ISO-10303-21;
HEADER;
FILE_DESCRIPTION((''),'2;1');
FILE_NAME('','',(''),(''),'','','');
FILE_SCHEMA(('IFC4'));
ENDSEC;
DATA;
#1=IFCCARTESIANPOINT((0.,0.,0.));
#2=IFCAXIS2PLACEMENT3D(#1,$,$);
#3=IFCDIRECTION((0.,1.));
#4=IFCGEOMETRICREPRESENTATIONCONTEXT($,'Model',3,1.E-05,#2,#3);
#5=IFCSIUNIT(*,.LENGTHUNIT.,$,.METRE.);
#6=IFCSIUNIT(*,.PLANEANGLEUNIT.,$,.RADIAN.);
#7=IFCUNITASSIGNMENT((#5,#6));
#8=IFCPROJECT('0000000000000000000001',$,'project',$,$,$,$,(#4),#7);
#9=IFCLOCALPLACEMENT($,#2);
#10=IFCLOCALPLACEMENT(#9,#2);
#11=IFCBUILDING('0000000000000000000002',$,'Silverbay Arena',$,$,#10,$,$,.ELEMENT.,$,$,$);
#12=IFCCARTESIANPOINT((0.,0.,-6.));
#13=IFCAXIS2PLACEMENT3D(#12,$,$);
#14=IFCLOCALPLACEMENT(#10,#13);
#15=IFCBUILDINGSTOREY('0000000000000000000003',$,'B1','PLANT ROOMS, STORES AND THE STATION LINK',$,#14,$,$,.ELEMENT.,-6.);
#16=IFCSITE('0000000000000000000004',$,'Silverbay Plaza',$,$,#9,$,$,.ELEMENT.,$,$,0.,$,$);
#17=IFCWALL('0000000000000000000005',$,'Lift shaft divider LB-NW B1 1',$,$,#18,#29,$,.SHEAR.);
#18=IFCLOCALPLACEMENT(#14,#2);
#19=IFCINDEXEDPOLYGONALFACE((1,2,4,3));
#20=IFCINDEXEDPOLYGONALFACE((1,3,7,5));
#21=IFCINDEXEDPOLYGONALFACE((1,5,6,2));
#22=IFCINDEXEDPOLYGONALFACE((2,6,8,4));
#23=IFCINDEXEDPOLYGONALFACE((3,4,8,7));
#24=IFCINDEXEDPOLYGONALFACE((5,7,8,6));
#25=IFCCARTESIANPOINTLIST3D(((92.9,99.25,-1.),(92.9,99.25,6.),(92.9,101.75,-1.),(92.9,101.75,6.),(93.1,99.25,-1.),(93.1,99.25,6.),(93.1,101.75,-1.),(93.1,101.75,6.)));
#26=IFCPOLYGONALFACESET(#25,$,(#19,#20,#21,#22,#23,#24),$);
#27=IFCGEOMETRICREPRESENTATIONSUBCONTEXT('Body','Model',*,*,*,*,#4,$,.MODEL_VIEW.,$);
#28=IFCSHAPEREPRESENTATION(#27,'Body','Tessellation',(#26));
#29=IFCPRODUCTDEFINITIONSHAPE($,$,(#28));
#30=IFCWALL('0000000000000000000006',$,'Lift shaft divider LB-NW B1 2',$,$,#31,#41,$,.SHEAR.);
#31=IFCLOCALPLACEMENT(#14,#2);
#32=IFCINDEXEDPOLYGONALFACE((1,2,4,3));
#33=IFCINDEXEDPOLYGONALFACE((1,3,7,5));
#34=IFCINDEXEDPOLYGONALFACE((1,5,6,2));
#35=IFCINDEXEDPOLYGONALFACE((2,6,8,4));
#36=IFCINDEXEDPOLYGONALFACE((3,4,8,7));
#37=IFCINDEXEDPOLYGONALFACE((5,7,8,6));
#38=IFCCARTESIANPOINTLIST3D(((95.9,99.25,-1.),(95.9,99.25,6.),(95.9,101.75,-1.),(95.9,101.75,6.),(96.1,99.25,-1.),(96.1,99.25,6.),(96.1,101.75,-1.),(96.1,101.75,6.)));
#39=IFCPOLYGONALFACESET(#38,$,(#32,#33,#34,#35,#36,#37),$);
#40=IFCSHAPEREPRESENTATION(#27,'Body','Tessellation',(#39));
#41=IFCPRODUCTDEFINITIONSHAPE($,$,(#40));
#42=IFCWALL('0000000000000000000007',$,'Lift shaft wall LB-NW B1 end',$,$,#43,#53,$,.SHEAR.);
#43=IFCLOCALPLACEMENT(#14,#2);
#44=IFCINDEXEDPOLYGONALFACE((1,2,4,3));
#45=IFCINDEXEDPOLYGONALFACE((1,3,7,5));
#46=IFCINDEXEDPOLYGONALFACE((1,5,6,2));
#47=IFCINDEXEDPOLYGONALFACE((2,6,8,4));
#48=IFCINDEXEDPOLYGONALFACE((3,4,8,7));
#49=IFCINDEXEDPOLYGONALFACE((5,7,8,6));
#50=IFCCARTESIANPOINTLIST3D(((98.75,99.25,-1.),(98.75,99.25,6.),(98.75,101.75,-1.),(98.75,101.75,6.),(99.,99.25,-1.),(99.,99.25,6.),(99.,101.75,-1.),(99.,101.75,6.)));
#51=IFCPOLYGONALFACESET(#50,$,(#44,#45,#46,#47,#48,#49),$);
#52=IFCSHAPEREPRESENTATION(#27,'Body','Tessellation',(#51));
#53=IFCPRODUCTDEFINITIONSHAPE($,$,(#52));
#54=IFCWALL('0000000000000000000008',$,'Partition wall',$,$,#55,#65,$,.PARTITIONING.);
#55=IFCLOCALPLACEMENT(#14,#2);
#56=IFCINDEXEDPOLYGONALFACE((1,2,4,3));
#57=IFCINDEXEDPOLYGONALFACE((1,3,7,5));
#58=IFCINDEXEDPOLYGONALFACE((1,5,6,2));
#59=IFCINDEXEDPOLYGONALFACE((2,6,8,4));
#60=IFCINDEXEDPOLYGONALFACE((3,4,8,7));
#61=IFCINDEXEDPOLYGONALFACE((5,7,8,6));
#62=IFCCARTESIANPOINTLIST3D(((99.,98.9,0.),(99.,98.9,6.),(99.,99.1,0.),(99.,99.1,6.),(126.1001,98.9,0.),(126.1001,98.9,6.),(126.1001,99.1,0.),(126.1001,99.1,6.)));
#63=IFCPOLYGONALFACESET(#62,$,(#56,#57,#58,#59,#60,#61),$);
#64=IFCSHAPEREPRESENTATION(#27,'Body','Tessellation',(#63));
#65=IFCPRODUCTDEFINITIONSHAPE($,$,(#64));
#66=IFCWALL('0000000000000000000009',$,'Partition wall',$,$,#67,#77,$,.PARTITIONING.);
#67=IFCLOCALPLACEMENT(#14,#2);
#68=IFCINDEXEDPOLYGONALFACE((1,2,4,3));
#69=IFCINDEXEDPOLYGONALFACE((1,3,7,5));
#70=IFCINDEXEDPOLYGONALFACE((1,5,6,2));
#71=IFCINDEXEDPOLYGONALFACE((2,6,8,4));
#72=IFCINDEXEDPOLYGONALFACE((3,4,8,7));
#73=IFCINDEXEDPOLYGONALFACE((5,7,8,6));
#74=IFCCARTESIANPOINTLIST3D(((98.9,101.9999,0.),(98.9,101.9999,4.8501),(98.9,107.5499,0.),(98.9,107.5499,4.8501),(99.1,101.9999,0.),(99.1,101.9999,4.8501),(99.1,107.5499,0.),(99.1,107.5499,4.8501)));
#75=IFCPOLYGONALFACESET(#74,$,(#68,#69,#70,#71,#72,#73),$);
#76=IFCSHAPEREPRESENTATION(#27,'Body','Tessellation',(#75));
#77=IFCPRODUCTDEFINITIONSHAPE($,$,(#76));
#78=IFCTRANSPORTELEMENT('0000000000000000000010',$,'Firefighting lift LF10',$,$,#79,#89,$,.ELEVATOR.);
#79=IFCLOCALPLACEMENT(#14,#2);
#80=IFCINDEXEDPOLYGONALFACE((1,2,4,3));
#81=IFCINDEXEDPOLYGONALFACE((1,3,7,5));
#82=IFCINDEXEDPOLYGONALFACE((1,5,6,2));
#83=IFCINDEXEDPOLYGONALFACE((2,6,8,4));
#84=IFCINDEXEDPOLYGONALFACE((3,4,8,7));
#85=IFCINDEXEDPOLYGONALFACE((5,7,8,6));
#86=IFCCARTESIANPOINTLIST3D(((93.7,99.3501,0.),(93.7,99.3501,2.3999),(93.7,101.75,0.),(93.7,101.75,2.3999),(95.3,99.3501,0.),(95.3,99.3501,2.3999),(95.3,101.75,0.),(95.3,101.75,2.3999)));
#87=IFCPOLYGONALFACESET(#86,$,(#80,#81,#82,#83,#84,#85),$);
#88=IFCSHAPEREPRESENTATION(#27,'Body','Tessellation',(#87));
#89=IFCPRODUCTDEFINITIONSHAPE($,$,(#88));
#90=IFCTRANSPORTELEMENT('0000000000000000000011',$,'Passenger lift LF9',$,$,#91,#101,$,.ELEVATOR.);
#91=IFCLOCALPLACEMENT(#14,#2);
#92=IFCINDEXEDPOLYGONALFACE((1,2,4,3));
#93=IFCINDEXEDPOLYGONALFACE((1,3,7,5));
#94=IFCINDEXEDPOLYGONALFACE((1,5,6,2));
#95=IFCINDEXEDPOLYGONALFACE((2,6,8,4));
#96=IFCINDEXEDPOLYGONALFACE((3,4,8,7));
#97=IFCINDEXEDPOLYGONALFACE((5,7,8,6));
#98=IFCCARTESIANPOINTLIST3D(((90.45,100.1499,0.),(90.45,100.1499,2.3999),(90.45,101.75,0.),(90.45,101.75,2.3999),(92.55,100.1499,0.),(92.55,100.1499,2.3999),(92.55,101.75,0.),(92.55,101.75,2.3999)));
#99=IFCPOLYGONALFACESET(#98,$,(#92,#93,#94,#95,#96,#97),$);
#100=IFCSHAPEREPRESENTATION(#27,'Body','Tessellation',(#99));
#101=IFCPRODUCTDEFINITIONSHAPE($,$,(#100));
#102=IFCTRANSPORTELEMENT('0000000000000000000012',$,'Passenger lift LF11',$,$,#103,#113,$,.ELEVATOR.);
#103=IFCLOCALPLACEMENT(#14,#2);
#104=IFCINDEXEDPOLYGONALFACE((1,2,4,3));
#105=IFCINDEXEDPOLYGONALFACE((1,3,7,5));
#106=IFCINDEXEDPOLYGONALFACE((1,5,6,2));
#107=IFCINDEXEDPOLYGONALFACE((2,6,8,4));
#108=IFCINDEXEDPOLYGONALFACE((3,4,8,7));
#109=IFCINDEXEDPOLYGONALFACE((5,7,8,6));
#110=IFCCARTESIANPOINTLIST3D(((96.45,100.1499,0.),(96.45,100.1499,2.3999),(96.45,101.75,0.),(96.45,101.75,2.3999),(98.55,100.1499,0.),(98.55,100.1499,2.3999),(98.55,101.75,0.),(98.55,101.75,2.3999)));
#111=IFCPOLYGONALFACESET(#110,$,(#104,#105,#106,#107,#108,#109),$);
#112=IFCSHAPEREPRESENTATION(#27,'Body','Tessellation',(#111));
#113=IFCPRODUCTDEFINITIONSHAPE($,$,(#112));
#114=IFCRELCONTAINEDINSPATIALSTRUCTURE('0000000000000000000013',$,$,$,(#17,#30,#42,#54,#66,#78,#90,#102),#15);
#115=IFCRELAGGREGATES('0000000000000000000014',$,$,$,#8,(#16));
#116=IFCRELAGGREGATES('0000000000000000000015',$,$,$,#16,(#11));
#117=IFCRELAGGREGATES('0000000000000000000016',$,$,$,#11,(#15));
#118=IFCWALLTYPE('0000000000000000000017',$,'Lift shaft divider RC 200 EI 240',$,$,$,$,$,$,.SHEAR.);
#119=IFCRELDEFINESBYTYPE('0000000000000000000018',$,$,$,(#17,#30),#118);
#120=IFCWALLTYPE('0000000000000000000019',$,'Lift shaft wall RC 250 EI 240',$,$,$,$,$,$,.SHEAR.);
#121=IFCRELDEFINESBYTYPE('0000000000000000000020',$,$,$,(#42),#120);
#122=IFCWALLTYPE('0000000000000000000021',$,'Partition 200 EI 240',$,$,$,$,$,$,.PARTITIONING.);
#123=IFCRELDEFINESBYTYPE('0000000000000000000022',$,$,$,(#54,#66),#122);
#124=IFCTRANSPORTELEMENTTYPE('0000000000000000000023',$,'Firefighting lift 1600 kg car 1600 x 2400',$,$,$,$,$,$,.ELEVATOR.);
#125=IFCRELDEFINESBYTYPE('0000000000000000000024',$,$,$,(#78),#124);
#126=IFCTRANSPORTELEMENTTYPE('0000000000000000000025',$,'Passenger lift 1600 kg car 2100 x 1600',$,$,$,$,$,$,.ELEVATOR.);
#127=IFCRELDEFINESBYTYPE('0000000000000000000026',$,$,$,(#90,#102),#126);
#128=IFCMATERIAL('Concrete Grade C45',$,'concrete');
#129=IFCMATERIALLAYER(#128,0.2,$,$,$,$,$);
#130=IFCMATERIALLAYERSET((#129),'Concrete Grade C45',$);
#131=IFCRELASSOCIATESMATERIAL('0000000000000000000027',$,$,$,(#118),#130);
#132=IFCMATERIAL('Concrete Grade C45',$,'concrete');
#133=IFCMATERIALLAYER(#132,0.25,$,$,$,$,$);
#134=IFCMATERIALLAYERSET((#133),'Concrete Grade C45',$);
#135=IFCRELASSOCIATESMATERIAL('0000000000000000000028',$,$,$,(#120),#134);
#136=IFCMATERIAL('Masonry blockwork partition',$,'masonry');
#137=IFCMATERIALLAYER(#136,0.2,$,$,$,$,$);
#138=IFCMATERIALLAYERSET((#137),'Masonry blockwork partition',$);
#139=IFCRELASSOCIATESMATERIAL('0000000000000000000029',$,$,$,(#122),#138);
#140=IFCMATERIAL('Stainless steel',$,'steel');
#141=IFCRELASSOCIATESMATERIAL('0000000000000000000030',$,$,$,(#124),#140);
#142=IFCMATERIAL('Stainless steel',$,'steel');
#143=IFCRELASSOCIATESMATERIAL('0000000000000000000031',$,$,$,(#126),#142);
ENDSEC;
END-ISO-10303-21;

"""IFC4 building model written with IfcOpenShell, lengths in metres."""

from ifc_helpers import new_model, si_unit, direction, frame, frame_2d, origin, origin_2d, place, context, subcontext, project, spatial, rectangle, extrude, material, layer, layer_set, type_object, element, save


model = new_model("IFC4")

# Units and contexts
model_context = context("Model", 3, precision=1e-05, world=origin(), true_north=direction((0.0, 1.0)))
body_context = subcontext(model_context, "Body", "Model", "MODEL_VIEW")
ifc_project = project(units=[si_unit("LENGTHUNIT", "METRE"), si_unit("PLANEANGLEUNIT", "RADIAN")], contexts=[model_context])

# Site, building, storey
site_placement = place(None, origin())
site = spatial("IfcSite", under=ifc_project, at=site_placement, Name="Silverbay Plaza", CompositionType="ELEMENT", RefElevation=0.0)
building_placement = place(site_placement, origin())
building = spatial("IfcBuilding", under=site, at=building_placement, Name="Silverbay Arena", CompositionType="ELEMENT")
storey_placement = place(building_placement, frame((0.0, 0.0, -6.0)))
storey = spatial("IfcBuildingStorey", under=building, at=storey_placement, Name="B1", Description="PLANT ROOMS, STORES AND THE STATION LINK", CompositionType="ELEMENT", Elevation=-6.0)

# Walls
ifc_material_1 = material(Name="Concrete Grade C45", Category="concrete")
ifc_layer_1 = layer(ifc_material_1, 0.2)
ifc_layer_set_1 = layer_set([ifc_layer_1], Name="Concrete Grade C45")
wall_type_1 = type_object("IfcWallType", Name="Lift shaft divider RC 200 EI 240", PredefinedType="SHEAR", material=ifc_layer_set_1)
for number, where, z_axis, x_axis, name in (
    (1, (93.0, 99.25, -1.0), (0.0, 0.0, 1.0), (0.0, 1.0, 0.0), "Lift shaft divider LB-NW B1 1"),
    (2, (96.0, 99.25, -1.0), (0.0, 0.0, 1.0), (0.0, 1.0, 0.0), "Lift shaft divider LB-NW B1 2"),
):
    element("IfcWall", number, at=place(storey_placement, frame(where, z_axis=z_axis, x_axis=x_axis)), inside=storey, type_object=wall_type_1, Name=name, PredefinedType="SHEAR", context=body_context, shape_type="SweptSolid", body=[
        extrude(rectangle(XDim=2.5, YDim=0.2, at=frame_2d((1.25, 0.0))), origin(), (0.0, 0.0, 1.0), 7.0),
    ])
ifc_material_2 = material(Name="Concrete Grade C45", Category="concrete")
ifc_layer_2 = layer(ifc_material_2, 0.25)
ifc_layer_set_2 = layer_set([ifc_layer_2], Name="Concrete Grade C45")
wall_type_2 = type_object("IfcWallType", Name="Lift shaft wall RC 250 EI 240", PredefinedType="SHEAR", material=ifc_layer_set_2)
wall_1_placement = place(storey_placement, frame((98.875, 99.25, -1.0), z_axis=(0.0, 0.0, 1.0), x_axis=(0.0, 1.0, 0.0)))
element("IfcWall", 3, at=wall_1_placement, inside=storey, type_object=wall_type_2, Name="Lift shaft wall LB-NW B1 end", PredefinedType="SHEAR", context=body_context, shape_type="SweptSolid", body=[
    extrude(rectangle(XDim=2.5, YDim=0.25, at=frame_2d((1.25, 0.0))), origin(), (0.0, 0.0, 1.0), 7.0),
])
ifc_material_3 = material(Name="Masonry blockwork partition", Category="masonry")
ifc_layer_3 = layer(ifc_material_3, 0.2)
ifc_layer_set_3 = layer_set([ifc_layer_3], Name="Masonry blockwork partition")
wall_type_3 = type_object("IfcWallType", Name="Partition 200 EI 240", PredefinedType="PARTITIONING", material=ifc_layer_set_3)
wall_2_placement = place(storey_placement, frame((99.0, 99.0, 0.0), z_axis=(0.0, 0.0, 1.0), x_axis=(1.0, 0.0, 0.0)))
element("IfcWall", 4, at=wall_2_placement, inside=storey, type_object=wall_type_3, Name="Partition wall", PredefinedType="PARTITIONING", context=body_context, shape_type="SweptSolid", body=[
    extrude(rectangle(XDim=27.1001, YDim=0.2, at=frame_2d((13.55, 0.0))), origin(), (0.0, 0.0, 1.0), 6.0),
])
wall_3_placement = place(storey_placement, frame((99.0, 102.0, 0.0), z_axis=(0.0, 0.0, 1.0), x_axis=(0.0, 1.0, 0.0)))
element("IfcWall", 5, at=wall_3_placement, inside=storey, type_object=wall_type_3, Name="Partition wall", PredefinedType="PARTITIONING", context=body_context, shape_type="SweptSolid", body=[
    extrude(rectangle(XDim=5.55, YDim=0.2, at=frame_2d((2.7749, 0.0))), origin(), (0.0, 0.0, 1.0), 4.8501),
])

# Transport elements
ifc_material_4 = material(Name="Stainless steel", Category="steel")
transport_element_type_1 = type_object("IfcTransportElementType", Name="Firefighting lift 1600 kg car 1600 x 2400", PredefinedType="ELEVATOR", material=ifc_material_4)
transport_element_placement = place(storey_placement, frame((94.5, 100.55, 0.0), z_axis=(0.0, 0.0, 1.0), x_axis=(1.0, 0.0, 0.0)))
element("IfcTransportElement", 6, at=transport_element_placement, inside=storey, type_object=transport_element_type_1, Name="Firefighting lift LF10", PredefinedType="ELEVATOR", context=body_context, shape_type="SweptSolid", body=[
    extrude(rectangle(XDim=1.6001, YDim=2.3999, at=origin_2d()), origin(), (0.0, 0.0, 1.0), 2.3999),
])
ifc_material_5 = material(Name="Stainless steel", Category="steel")
transport_element_type_2 = type_object("IfcTransportElementType", Name="Passenger lift 1600 kg car 2100 x 1600", PredefinedType="ELEVATOR", material=ifc_material_5)
for number, where, z_axis, x_axis, name in (
    (7, (91.5, 100.95, 0.0), (0.0, 0.0, 1.0), (1.0, 0.0, 0.0), "Passenger lift LF9"),
    (8, (97.5, 100.95, 0.0), (0.0, 0.0, 1.0), (1.0, 0.0, 0.0), "Passenger lift LF11"),
):
    element("IfcTransportElement", number, at=place(storey_placement, frame(where, z_axis=z_axis, x_axis=x_axis)), inside=storey, type_object=transport_element_type_2, Name=name, PredefinedType="ELEVATOR", context=body_context, shape_type="SweptSolid", body=[
        extrude(rectangle(XDim=2.1001, YDim=1.6001, at=origin_2d()), origin(), (0.0, 0.0, 1.0), 2.3999),
    ])

save(model, "model.ifc")
